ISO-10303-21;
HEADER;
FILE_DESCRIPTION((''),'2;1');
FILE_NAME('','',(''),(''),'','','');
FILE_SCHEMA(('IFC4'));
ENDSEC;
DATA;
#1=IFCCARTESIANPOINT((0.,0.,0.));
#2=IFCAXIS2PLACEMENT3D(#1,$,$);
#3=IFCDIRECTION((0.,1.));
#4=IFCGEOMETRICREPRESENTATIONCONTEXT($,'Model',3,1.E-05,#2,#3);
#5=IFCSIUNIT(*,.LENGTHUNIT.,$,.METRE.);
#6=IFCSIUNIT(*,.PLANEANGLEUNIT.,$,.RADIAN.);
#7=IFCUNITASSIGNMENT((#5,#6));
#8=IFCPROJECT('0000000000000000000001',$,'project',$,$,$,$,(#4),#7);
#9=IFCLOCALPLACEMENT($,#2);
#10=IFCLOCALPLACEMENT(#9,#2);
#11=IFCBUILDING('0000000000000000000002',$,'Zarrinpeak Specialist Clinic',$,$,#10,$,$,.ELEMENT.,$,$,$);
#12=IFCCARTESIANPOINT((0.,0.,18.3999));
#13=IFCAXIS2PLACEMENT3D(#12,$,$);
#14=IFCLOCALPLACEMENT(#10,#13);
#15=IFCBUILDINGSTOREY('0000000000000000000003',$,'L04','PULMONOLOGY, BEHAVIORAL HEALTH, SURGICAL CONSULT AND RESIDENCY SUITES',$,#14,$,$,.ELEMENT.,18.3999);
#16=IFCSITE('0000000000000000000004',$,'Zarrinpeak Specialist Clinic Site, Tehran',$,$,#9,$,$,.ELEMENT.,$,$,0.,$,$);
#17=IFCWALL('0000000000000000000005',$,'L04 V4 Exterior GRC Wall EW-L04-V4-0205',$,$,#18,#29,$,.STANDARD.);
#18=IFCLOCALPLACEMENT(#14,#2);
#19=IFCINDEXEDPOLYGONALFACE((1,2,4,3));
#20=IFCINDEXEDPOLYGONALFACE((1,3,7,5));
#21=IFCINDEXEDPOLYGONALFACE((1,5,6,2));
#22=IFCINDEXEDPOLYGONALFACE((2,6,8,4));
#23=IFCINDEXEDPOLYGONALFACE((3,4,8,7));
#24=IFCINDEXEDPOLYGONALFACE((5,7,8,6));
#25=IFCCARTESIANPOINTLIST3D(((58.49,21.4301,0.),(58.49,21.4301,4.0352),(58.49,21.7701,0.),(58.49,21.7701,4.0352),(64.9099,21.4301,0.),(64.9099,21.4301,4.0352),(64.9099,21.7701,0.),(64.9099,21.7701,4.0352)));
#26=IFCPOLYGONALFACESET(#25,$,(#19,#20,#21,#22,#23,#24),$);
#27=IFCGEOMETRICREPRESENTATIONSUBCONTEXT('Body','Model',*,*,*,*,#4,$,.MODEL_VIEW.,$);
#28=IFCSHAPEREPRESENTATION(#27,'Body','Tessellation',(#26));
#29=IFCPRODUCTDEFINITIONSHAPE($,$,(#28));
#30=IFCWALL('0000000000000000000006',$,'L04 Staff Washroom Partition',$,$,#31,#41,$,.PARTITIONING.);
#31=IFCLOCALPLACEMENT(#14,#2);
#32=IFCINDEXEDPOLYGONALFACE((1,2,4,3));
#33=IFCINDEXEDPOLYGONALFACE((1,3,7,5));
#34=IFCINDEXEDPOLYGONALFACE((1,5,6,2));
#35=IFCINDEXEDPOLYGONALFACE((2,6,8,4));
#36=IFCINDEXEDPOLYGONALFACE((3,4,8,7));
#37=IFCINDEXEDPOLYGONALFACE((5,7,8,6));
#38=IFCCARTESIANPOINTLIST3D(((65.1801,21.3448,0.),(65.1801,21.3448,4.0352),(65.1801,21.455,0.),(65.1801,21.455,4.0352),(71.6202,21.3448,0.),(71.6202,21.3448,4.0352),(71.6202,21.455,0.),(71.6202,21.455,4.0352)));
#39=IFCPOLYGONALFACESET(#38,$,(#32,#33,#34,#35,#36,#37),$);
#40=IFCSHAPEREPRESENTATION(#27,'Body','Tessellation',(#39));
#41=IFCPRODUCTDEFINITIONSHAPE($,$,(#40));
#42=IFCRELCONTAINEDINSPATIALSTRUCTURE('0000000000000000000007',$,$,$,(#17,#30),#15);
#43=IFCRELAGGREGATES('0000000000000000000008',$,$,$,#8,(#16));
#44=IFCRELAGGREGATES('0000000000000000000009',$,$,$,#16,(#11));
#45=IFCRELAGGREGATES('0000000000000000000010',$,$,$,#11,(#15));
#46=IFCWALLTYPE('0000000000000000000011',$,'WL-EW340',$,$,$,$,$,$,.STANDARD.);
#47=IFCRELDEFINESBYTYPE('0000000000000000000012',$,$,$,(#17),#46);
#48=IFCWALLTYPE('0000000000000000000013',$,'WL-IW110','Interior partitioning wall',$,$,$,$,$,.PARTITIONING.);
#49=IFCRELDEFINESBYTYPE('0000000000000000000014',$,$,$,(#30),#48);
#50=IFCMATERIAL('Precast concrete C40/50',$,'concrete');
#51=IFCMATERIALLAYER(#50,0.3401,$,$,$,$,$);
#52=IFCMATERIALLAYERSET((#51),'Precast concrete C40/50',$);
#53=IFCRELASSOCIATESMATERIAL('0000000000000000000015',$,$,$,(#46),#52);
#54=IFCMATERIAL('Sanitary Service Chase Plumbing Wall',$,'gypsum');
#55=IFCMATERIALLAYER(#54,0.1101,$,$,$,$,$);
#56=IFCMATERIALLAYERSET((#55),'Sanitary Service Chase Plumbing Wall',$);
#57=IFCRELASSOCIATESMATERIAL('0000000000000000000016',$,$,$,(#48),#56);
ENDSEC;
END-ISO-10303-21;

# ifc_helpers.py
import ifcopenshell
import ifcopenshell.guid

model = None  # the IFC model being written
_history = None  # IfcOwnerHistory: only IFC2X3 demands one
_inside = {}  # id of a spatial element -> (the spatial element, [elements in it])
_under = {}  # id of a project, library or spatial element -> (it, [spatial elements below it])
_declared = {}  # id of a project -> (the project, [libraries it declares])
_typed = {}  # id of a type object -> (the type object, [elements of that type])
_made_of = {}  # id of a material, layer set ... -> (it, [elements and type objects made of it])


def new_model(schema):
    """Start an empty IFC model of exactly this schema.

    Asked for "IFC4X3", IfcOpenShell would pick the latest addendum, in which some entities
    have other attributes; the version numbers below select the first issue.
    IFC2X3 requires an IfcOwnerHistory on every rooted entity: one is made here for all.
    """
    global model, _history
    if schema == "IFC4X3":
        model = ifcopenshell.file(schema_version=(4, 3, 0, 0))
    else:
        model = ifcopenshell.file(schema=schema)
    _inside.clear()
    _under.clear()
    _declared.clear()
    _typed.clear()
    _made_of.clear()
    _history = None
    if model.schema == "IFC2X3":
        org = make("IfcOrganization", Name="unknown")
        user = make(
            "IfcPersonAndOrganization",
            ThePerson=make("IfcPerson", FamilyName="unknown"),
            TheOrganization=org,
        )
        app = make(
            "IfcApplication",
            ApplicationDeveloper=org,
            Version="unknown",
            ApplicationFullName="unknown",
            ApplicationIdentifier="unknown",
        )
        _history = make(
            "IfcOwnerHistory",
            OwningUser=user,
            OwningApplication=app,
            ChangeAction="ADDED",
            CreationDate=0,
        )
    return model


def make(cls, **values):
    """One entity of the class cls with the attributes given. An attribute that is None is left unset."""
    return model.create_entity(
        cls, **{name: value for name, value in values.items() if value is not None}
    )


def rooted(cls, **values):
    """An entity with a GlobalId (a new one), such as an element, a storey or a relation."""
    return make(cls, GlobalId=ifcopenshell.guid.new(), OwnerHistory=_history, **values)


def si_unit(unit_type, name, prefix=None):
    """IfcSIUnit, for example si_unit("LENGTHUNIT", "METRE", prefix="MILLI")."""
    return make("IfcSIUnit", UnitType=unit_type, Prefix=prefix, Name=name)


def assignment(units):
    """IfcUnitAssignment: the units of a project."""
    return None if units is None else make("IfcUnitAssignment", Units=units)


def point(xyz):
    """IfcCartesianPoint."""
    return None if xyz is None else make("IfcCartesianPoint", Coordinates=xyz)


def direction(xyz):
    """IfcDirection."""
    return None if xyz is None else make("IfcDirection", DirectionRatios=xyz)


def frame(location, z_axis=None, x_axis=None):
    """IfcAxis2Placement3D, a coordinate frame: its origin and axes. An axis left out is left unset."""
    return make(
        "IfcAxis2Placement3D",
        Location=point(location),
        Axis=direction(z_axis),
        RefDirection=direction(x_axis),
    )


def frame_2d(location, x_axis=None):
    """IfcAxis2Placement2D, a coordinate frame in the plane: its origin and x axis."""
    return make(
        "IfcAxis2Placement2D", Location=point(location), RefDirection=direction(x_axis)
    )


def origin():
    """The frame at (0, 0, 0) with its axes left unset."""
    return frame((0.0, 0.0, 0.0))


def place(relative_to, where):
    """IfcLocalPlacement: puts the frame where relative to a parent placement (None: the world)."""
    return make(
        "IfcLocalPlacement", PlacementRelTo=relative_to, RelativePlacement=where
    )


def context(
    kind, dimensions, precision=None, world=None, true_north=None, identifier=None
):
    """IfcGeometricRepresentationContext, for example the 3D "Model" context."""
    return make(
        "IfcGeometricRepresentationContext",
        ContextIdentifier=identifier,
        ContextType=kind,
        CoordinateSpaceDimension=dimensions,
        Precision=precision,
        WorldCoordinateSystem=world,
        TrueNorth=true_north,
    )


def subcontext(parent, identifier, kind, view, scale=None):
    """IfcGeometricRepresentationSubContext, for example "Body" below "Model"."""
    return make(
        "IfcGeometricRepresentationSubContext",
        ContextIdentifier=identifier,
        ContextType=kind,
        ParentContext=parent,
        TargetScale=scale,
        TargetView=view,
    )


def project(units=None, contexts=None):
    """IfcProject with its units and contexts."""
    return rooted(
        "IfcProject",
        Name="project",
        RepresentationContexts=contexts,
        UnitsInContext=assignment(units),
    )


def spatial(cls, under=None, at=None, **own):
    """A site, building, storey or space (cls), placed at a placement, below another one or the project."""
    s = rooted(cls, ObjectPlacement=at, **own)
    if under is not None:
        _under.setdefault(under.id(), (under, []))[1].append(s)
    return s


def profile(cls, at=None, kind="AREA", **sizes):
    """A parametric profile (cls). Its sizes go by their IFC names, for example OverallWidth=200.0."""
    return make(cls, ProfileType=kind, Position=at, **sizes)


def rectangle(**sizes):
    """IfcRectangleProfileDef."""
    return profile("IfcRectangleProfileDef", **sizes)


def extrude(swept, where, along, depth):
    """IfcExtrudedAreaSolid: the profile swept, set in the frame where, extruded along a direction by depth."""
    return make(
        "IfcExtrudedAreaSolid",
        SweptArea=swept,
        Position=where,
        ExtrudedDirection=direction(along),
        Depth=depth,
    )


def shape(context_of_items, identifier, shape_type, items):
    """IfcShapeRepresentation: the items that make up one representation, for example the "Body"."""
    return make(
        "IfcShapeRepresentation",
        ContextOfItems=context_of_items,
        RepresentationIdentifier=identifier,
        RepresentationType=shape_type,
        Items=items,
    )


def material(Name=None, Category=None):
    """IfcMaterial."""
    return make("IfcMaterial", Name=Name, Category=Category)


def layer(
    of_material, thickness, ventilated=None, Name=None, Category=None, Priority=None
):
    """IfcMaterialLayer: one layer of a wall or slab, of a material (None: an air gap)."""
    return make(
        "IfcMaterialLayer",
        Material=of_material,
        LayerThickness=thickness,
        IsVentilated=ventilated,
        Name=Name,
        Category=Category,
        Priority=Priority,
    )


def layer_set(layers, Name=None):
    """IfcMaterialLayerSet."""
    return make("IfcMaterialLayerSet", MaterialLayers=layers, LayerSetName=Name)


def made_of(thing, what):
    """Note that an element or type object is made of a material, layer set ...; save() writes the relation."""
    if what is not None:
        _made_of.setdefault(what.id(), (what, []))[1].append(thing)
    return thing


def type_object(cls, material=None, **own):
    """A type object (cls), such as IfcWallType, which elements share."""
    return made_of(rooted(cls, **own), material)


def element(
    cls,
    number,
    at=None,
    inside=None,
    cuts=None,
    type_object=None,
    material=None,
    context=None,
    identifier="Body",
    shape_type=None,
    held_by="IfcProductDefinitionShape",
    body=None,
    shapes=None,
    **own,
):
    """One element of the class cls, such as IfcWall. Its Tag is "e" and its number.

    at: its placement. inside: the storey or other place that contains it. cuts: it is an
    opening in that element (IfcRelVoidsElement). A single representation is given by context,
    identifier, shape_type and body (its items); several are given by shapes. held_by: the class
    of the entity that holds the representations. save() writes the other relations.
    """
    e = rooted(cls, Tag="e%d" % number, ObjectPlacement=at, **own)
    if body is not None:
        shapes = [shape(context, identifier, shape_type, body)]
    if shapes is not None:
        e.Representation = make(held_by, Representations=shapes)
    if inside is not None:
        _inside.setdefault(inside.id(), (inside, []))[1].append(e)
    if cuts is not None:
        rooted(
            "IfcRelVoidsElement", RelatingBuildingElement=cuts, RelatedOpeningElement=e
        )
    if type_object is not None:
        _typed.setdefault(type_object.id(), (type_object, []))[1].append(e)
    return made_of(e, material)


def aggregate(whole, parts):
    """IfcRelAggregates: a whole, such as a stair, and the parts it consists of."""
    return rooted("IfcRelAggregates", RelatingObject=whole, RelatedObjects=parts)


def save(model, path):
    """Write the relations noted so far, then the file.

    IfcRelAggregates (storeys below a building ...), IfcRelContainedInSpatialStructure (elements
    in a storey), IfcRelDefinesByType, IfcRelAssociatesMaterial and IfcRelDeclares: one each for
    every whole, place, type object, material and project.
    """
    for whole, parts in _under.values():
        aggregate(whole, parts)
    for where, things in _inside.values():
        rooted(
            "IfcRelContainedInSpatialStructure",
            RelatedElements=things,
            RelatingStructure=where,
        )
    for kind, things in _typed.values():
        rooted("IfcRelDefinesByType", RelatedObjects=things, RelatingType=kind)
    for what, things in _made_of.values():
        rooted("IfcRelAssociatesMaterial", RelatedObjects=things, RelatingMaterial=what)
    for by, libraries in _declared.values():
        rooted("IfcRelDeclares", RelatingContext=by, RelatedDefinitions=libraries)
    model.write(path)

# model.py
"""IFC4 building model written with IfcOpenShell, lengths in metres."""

from ifc_helpers import new_model, si_unit, direction, frame, frame_2d, origin, place, context, subcontext, project, spatial, rectangle, extrude, material, layer, layer_set, type_object, element, save


model = new_model("IFC4")

# Units and contexts
model_context = context("Model", 3, precision=1e-05, world=origin(), true_north=direction((0.0, 1.0)))
body_context = subcontext(model_context, "Body", "Model", "MODEL_VIEW")
ifc_project = project(units=[si_unit("LENGTHUNIT", "METRE"), si_unit("PLANEANGLEUNIT", "RADIAN")], contexts=[model_context])

# Site, building, storey
site_placement = place(None, origin())
site = spatial("IfcSite", under=ifc_project, at=site_placement, Name="Zarrinpeak Specialist Clinic Site, Tehran", CompositionType="ELEMENT", RefElevation=0.0)
building_placement = place(site_placement, origin())
building = spatial("IfcBuilding", under=site, at=building_placement, Name="Zarrinpeak Specialist Clinic", CompositionType="ELEMENT")
storey_placement = place(building_placement, frame((0.0, 0.0, 18.3999)))
storey = spatial("IfcBuildingStorey", under=building, at=storey_placement, Name="L04", Description="PULMONOLOGY, BEHAVIORAL HEALTH, SURGICAL CONSULT AND RESIDENCY SUITES", CompositionType="ELEMENT", Elevation=18.3999)

# Walls
ifc_material_1 = material(Name="Precast concrete C40/50", Category="concrete")
ifc_layer_1 = layer(ifc_material_1, 0.3401)
ifc_layer_set_1 = layer_set([ifc_layer_1], Name="Precast concrete C40/50")
wall_type_1 = type_object("IfcWallType", Name="WL-EW340", PredefinedType="STANDARD", material=ifc_layer_set_1)
wall_1_placement = place(storey_placement, frame((64.9099, 21.6001, 0.0), z_axis=(0.0, 0.0, 1.0), x_axis=(-1.0, 0.0, 0.0)))
element("IfcWall", 1, at=wall_1_placement, inside=storey, type_object=wall_type_1, Name="L04 V4 Exterior GRC Wall EW-L04-V4-0205", PredefinedType="STANDARD", context=body_context, shape_type="SweptSolid", body=[
    extrude(rectangle(XDim=6.4199, YDim=0.3401, at=frame_2d((3.21, 0.0))), origin(), (0.0, 0.0, 1.0), 4.0352),
])
ifc_material_2 = material(Name="Sanitary Service Chase Plumbing Wall", Category="gypsum")
ifc_layer_2 = layer(ifc_material_2, 0.1101)
ifc_layer_set_2 = layer_set([ifc_layer_2], Name="Sanitary Service Chase Plumbing Wall")
wall_type_2 = type_object("IfcWallType", Name="WL-IW110", Description="Interior partitioning wall", PredefinedType="PARTITIONING", material=ifc_layer_set_2)
wall_2_placement = place(storey_placement, frame((65.1799, 21.3999, 0.0), z_axis=(0.0, 0.0, 1.0), x_axis=(1.0, 0.0, 0.0)))
element("IfcWall", 2, at=wall_2_placement, inside=storey, type_object=wall_type_2, Name="L04 Staff Washroom Partition", PredefinedType="PARTITIONING", context=body_context, shape_type="SweptSolid", body=[
    extrude(rectangle(XDim=6.4402, YDim=0.1101, at=frame_2d((3.2202, 0.0))), origin(), (0.0, 0.0, 1.0), 4.0352),
])

save(model, "model.ifc")
